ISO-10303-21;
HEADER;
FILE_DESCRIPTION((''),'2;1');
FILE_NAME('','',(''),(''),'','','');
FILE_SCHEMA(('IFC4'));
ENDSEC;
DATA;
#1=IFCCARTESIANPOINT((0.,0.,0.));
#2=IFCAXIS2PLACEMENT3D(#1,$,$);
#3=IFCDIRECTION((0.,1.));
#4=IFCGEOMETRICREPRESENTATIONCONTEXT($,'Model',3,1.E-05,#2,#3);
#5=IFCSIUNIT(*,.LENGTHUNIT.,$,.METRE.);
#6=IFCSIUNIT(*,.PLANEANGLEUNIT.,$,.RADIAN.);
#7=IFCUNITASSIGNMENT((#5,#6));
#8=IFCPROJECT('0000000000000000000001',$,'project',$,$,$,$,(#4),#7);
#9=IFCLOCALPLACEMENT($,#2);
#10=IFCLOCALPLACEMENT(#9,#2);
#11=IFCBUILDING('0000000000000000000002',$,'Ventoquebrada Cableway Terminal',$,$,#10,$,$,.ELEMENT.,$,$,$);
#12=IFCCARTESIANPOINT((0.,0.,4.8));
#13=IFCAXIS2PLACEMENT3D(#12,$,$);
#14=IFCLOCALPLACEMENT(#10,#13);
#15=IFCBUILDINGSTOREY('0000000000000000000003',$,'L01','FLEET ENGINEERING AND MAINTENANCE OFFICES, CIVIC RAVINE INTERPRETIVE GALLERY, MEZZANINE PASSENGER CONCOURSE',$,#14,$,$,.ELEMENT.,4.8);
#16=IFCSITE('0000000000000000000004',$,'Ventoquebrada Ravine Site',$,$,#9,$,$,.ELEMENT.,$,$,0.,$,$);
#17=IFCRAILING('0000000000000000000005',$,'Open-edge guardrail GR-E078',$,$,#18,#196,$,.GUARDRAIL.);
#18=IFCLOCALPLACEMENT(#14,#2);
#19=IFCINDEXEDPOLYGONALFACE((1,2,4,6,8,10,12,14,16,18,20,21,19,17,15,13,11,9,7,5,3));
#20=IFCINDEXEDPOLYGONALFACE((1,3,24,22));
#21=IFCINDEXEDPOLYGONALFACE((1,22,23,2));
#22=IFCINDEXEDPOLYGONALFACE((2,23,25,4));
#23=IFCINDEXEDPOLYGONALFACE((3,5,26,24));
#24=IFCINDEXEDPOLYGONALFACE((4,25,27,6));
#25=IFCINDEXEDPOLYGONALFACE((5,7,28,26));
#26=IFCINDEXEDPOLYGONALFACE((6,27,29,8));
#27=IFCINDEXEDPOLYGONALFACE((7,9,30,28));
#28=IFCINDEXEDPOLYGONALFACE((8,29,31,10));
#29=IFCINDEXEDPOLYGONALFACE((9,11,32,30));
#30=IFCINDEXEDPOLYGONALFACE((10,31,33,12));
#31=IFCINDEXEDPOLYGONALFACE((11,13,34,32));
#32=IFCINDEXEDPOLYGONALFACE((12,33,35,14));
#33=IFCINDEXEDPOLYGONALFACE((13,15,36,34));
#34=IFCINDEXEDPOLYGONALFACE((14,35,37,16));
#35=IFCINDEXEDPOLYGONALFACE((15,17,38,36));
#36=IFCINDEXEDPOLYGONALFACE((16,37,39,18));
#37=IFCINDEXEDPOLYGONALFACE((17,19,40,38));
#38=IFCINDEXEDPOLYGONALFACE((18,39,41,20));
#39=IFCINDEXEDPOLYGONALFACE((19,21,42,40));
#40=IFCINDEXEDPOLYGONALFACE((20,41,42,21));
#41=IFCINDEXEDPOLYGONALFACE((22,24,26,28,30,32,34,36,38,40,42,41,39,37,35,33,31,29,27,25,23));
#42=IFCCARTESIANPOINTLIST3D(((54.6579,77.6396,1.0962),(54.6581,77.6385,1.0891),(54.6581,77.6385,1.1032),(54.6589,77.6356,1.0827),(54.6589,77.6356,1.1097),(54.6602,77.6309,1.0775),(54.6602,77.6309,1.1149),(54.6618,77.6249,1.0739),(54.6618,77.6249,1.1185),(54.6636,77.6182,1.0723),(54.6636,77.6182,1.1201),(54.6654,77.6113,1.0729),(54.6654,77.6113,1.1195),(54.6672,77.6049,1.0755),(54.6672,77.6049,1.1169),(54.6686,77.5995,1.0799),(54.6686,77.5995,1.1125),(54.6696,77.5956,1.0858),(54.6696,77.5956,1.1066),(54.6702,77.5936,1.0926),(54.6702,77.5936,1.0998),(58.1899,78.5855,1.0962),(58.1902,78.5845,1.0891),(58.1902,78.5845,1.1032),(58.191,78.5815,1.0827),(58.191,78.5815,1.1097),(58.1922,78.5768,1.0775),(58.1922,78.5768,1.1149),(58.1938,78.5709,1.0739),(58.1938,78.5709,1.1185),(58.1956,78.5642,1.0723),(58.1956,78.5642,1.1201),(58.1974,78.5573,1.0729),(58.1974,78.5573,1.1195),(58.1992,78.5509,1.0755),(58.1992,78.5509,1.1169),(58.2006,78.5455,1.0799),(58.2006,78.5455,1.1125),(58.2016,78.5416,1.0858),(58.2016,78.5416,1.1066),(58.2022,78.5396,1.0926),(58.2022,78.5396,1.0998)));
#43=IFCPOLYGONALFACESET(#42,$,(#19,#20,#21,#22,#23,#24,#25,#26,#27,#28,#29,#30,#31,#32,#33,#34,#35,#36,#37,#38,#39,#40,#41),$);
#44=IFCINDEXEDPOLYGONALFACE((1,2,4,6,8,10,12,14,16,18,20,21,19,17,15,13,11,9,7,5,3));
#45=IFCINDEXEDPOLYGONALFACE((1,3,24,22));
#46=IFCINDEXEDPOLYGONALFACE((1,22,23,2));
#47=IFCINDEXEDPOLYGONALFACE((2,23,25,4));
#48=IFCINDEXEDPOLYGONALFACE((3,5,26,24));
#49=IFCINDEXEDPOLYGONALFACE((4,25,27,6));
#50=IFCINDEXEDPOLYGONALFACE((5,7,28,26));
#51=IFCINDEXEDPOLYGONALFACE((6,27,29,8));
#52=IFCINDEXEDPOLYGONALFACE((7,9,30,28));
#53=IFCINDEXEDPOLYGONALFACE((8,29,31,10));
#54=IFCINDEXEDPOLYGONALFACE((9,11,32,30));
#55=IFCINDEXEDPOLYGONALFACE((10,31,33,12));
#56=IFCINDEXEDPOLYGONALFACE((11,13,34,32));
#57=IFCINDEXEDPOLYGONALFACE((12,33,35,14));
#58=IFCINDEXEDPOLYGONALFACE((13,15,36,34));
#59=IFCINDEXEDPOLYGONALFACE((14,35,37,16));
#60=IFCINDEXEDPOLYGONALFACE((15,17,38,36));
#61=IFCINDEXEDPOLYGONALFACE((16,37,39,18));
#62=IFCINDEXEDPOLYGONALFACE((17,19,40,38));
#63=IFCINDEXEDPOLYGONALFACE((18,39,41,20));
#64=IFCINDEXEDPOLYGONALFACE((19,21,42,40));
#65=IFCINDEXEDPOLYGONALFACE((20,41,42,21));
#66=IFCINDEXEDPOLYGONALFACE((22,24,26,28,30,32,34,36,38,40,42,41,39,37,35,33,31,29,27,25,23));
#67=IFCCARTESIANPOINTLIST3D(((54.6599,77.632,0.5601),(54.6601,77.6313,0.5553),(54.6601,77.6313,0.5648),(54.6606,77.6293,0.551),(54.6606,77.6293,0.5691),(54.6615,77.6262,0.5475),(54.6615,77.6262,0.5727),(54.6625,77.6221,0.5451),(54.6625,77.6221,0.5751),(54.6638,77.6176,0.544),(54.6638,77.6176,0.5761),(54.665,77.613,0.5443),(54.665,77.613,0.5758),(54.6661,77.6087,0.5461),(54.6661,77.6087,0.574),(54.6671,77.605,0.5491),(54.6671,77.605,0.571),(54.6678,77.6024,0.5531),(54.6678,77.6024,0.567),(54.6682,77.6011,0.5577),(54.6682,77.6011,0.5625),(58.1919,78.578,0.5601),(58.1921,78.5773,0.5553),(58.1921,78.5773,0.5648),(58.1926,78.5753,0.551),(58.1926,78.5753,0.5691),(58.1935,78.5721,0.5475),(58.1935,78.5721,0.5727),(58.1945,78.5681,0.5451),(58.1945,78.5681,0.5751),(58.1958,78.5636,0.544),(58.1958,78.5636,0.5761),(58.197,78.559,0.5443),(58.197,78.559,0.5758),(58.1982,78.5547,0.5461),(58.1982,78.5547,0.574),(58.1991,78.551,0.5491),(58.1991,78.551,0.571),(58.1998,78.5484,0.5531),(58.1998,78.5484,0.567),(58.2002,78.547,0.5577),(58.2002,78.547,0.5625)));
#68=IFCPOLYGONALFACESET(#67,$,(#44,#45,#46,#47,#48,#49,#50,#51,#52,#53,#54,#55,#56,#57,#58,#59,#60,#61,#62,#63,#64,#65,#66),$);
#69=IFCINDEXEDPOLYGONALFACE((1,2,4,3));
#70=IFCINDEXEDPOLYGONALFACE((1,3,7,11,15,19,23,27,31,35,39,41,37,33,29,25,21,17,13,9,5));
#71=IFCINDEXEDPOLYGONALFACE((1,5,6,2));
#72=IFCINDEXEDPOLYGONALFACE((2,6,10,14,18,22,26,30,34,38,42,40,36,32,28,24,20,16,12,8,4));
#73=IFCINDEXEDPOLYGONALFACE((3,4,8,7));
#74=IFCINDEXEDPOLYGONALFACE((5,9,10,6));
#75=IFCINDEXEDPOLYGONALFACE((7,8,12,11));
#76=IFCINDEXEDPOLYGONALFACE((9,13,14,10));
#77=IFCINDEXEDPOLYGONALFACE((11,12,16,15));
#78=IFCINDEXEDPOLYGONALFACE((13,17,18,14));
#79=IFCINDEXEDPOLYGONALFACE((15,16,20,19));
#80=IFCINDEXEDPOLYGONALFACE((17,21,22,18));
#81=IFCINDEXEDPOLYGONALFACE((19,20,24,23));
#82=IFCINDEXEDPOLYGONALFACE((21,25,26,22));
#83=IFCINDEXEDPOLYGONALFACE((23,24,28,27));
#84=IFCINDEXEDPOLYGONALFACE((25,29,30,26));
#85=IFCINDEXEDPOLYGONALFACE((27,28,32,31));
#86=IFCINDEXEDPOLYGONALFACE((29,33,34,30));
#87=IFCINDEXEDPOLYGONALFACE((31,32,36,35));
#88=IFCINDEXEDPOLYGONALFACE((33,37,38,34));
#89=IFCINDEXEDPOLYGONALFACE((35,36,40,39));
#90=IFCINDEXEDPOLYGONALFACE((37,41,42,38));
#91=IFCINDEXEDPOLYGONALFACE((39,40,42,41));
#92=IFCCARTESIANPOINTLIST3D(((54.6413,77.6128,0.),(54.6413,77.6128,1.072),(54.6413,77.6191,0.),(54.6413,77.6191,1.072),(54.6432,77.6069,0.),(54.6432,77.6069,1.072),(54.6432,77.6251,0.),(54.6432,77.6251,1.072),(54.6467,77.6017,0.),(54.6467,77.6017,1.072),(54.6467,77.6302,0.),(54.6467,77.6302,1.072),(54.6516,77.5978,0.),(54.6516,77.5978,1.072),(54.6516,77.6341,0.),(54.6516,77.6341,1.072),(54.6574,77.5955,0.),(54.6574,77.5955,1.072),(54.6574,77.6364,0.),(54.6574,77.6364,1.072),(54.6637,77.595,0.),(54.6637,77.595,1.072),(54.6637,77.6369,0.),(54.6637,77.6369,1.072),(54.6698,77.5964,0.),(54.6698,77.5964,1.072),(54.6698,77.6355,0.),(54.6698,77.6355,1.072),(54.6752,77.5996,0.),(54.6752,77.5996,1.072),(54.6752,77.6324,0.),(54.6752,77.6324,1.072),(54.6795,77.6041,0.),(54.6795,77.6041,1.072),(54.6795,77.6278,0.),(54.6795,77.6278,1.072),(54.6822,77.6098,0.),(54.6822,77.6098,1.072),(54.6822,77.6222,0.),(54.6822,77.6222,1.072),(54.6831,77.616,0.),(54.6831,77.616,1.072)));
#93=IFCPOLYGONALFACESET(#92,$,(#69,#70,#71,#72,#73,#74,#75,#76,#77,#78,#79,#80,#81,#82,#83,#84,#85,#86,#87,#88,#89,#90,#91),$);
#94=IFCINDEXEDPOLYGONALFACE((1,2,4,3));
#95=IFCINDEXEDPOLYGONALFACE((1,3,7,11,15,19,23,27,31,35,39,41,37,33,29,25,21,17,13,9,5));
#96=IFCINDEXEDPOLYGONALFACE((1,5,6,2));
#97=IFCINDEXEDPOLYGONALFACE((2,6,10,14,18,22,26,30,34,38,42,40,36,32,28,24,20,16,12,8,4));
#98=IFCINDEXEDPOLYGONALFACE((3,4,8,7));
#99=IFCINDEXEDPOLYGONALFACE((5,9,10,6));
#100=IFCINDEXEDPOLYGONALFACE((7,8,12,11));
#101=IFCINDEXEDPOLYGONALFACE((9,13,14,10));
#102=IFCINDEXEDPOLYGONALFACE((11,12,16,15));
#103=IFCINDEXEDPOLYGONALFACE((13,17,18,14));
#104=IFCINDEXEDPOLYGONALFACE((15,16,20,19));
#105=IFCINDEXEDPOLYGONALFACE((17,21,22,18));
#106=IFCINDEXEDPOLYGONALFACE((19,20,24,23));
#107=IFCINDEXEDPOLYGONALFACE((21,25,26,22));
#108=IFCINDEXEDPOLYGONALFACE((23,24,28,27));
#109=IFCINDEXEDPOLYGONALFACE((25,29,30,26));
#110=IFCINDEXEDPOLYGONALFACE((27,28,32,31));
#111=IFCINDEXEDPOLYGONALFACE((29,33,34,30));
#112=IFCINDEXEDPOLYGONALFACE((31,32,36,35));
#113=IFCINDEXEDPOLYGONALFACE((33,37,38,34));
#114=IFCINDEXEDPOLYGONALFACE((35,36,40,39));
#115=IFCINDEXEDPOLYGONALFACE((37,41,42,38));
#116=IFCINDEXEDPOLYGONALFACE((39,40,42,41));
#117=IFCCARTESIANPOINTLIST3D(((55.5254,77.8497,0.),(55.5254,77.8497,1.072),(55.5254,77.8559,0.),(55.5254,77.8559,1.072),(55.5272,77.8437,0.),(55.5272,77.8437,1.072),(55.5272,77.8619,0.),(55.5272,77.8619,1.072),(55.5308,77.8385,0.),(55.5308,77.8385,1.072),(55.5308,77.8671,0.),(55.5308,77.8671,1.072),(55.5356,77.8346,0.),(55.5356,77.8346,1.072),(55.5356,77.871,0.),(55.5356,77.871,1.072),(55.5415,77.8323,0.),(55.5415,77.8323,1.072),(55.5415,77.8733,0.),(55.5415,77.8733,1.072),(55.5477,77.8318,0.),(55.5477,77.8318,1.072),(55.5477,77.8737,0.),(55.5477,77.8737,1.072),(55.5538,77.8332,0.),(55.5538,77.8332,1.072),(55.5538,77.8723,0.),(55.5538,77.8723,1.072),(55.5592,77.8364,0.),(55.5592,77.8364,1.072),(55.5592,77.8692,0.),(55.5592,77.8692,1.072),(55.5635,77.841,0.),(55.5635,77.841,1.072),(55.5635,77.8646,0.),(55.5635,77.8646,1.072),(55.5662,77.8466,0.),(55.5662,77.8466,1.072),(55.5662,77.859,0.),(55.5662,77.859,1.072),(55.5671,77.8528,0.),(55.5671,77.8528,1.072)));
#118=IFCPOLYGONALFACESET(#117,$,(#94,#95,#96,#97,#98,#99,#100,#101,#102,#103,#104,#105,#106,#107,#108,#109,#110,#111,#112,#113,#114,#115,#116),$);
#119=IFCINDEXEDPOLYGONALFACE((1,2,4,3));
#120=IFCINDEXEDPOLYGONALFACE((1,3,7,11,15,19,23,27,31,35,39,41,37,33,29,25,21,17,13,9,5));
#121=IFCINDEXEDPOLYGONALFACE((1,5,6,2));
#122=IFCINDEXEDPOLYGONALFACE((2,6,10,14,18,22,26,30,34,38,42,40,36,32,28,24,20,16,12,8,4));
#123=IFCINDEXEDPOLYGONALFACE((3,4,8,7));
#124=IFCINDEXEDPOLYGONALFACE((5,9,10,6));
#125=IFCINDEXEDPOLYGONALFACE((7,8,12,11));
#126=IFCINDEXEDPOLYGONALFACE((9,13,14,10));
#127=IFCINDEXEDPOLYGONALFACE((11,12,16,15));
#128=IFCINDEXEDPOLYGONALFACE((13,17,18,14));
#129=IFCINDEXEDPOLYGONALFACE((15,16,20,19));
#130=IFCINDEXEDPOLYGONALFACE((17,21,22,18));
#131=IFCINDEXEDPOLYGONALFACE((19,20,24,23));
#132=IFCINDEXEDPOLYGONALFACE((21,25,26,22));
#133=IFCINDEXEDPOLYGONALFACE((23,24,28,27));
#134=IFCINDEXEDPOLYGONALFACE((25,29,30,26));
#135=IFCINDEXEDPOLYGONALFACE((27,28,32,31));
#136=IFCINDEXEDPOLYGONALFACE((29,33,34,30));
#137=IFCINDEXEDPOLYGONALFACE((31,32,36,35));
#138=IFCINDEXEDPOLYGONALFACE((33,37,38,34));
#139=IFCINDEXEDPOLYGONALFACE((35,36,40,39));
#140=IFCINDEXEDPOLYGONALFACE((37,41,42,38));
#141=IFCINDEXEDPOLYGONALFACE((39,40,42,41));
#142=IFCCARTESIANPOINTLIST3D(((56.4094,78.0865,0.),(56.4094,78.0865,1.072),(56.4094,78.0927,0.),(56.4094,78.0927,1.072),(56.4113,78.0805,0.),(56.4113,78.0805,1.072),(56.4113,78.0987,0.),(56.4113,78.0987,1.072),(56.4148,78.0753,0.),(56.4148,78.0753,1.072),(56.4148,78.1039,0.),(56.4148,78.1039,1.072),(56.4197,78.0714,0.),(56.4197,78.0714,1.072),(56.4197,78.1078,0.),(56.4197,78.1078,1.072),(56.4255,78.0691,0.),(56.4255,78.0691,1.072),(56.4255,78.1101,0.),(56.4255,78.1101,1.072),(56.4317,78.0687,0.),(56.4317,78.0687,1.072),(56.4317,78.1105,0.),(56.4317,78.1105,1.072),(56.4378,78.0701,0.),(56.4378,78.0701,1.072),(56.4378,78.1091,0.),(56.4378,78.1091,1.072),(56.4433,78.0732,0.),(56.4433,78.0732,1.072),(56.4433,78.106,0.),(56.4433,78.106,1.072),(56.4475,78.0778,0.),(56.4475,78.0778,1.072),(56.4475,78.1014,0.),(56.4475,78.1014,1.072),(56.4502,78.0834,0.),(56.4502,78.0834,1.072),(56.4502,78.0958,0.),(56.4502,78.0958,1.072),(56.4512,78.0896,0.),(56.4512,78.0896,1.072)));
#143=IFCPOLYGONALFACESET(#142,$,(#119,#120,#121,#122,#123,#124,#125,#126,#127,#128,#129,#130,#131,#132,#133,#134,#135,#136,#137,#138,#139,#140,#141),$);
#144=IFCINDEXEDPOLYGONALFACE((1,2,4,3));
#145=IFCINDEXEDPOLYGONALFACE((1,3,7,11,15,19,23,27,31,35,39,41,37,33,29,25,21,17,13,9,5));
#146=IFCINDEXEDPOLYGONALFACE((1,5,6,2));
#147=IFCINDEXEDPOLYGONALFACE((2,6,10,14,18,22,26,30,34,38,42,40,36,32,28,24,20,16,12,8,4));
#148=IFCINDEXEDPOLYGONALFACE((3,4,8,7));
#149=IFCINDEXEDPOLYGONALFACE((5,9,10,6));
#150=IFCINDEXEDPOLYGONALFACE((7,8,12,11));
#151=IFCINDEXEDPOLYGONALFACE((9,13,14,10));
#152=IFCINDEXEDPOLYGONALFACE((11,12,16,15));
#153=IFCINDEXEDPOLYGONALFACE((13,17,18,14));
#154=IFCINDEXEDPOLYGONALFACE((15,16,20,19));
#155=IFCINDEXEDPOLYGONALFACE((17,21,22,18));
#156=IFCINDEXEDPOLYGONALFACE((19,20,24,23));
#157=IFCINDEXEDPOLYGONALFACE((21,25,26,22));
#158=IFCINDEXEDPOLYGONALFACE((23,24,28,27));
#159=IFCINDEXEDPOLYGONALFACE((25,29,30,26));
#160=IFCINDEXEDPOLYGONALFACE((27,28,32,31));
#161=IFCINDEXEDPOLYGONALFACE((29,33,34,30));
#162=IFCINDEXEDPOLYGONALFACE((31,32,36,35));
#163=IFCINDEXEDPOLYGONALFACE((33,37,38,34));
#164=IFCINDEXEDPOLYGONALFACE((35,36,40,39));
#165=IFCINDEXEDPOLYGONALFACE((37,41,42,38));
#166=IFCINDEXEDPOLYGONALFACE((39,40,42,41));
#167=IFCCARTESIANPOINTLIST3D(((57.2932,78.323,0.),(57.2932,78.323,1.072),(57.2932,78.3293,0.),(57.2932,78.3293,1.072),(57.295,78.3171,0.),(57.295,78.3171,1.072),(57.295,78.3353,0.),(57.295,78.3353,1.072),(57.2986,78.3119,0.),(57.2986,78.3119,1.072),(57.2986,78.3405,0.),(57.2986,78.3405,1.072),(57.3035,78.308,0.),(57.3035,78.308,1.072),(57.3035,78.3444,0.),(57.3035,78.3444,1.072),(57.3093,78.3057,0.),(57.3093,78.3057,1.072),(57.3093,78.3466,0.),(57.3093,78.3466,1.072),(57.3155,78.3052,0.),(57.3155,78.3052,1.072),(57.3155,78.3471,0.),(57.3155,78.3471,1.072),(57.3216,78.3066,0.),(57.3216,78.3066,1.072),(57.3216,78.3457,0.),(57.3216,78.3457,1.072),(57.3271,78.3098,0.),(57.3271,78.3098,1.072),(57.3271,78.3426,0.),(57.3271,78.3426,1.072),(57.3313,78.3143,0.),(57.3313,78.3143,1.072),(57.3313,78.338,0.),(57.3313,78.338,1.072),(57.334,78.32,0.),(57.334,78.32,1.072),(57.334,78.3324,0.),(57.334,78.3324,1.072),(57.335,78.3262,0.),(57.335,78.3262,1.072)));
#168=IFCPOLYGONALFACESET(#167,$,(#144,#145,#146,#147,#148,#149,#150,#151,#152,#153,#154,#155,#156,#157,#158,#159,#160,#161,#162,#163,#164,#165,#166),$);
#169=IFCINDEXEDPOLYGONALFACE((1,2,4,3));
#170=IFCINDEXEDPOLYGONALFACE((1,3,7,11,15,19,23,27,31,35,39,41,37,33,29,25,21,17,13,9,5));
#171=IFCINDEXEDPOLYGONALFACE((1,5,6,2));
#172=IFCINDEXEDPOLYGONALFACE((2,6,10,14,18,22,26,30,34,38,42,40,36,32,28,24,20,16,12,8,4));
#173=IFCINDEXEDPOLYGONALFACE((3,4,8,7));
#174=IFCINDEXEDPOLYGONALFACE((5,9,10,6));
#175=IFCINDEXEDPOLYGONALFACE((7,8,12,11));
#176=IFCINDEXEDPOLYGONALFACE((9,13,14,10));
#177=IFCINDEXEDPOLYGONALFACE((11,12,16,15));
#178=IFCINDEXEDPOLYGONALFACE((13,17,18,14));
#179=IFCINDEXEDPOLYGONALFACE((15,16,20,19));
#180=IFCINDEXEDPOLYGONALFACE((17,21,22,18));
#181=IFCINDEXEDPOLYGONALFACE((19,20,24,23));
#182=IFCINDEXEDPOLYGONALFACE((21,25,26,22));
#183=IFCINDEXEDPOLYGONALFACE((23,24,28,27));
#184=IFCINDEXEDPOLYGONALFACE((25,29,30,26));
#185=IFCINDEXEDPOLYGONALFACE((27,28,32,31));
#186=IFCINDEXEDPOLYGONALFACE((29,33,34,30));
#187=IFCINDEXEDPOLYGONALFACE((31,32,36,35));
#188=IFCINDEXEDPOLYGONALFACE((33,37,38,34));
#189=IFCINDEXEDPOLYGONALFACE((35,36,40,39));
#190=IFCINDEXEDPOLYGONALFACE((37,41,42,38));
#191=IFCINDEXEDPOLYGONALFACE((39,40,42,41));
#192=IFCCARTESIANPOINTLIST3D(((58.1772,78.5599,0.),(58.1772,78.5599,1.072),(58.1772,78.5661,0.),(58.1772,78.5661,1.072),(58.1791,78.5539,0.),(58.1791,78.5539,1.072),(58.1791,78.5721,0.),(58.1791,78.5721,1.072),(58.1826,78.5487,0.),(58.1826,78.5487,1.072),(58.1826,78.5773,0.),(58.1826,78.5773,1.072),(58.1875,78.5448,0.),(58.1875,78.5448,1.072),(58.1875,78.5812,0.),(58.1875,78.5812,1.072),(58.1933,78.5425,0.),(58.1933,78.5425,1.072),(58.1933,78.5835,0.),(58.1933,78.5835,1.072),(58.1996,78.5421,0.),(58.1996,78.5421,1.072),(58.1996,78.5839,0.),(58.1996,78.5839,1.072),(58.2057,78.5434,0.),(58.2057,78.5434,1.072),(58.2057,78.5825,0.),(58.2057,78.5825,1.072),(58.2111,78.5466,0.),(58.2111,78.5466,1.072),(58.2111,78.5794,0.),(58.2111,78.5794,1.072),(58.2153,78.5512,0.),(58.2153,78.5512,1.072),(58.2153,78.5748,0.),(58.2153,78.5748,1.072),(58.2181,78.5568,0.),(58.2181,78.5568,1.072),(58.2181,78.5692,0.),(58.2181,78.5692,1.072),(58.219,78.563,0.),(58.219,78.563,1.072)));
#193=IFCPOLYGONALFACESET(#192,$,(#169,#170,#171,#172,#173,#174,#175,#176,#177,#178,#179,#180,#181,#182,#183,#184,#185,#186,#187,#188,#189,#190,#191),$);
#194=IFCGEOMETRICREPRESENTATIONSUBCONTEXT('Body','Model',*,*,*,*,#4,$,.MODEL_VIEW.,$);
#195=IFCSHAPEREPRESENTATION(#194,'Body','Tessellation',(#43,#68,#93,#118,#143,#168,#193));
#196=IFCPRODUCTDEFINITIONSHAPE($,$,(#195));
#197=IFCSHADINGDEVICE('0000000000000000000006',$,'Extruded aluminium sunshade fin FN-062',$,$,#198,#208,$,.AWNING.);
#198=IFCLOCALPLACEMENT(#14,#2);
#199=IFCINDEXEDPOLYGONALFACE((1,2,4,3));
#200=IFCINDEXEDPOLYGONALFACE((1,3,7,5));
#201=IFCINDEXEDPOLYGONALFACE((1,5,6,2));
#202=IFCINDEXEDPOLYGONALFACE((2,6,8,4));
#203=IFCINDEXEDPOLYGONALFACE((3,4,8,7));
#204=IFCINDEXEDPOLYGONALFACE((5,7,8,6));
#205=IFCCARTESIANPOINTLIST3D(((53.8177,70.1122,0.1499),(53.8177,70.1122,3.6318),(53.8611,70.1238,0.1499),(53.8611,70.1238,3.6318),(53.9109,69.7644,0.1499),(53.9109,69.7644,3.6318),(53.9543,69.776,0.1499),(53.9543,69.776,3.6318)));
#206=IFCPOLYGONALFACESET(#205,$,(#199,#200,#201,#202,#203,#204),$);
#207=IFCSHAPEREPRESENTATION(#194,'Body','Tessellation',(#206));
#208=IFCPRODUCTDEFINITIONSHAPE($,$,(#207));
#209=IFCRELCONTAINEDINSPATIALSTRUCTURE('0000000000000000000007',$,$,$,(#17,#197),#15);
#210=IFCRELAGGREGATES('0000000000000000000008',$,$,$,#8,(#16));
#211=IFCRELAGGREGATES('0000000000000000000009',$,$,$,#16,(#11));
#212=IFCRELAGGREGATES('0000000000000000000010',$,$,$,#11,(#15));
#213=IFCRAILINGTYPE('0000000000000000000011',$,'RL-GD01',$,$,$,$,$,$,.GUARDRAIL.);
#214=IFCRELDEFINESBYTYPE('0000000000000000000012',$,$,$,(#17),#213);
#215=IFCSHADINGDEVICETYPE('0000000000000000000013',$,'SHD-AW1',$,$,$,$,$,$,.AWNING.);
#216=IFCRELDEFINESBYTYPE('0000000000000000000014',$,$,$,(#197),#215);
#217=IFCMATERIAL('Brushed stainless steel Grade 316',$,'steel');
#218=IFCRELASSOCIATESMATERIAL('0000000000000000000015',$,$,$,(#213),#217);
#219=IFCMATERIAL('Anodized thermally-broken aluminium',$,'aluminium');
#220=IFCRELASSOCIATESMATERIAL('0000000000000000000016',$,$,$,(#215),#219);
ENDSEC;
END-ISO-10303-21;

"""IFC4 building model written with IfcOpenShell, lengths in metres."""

from ifc_helpers import new_model, si_unit, direction, frame, origin, origin_2d, place, context, subcontext, project, spatial, rectangle, circle, extrude, material, type_object, element, save


model = new_model("IFC4")

# Units and contexts
model_context = context("Model", 3, precision=1e-05, world=origin(), true_north=direction((0.0, 1.0)))
body_context = subcontext(model_context, "Body", "Model", "MODEL_VIEW")
ifc_project = project(units=[si_unit("LENGTHUNIT", "METRE"), si_unit("PLANEANGLEUNIT", "RADIAN")], contexts=[model_context])

# Site, building, storey
site_placement = place(None, origin())
site = spatial("IfcSite", under=ifc_project, at=site_placement, Name="Ventoquebrada Ravine Site", CompositionType="ELEMENT", RefElevation=0.0)
building_placement = place(site_placement, origin())
building = spatial("IfcBuilding", under=site, at=building_placement, Name="Ventoquebrada Cableway Terminal", CompositionType="ELEMENT")
storey_placement = place(building_placement, frame((0.0, 0.0, 4.8)))
storey = spatial("IfcBuildingStorey", under=building, at=storey_placement, Name="L01", Description="FLEET ENGINEERING AND MAINTENANCE OFFICES, CIVIC RAVINE INTERPRETIVE GALLERY, MEZZANINE PASSENGER CONCOURSE", CompositionType="ELEMENT", Elevation=4.8)

# Shared definitions
ifc_material_1 = material(Name="Anodized thermally-broken aluminium", Category="aluminium")

# Railing
ifc_material_2 = material(Name="Brushed stainless steel Grade 316", Category="steel")
railing_type = type_object("IfcRailingType", Name="RL-GD01", PredefinedType="GUARDRAIL", material=ifc_material_2)
railing_placement = place(storey_placement, frame((54.6621, 77.616, 0.0)))
element("IfcRailing", 1, at=railing_placement, inside=storey, type_object=railing_type, Name="Open-edge guardrail GR-E078", PredefinedType="GUARDRAIL", context=body_context, shape_type="SweptSolid", body=[
    extrude(circle(Radius=0.0239, at=origin_2d()), frame((0.002, 0.0005, 1.0962), z_axis=(0.965954, 0.258713, 0.0), x_axis=(-0.258713, 0.965954, 0.0)), (0.0, 0.0, 1.0), 3.6565),
    extrude(circle(Radius=0.0161, at=origin_2d()), frame((0.002, 0.0005, 0.5601), z_axis=(0.965954, 0.258713, 0.0), x_axis=(-0.258713, 0.965954, 0.0)), (0.0, 0.0, 1.0), 3.6565),
    extrude(circle(Radius=0.021, at=origin_2d()), origin(), (0.0, 0.0, 1.0), 1.072),
    extrude(circle(Radius=0.021, at=origin_2d()), frame((0.884, 0.2368, 0.0)), (0.0, 0.0, 1.0), 1.072),
    extrude(circle(Radius=0.021, at=origin_2d()), frame((1.7681, 0.4736, 0.0)), (0.0, 0.0, 1.0), 1.072),
    extrude(circle(Radius=0.021, at=origin_2d()), frame((2.6519, 0.7102, 0.0)), (0.0, 0.0, 1.0), 1.072),
    extrude(circle(Radius=0.021, at=origin_2d()), frame((3.5359, 0.947, 0.0)), (0.0, 0.0, 1.0), 1.072),
])

# Shading device
shading_device_type = type_object("IfcShadingDeviceType", Name="SHD-AW1", PredefinedType="AWNING", material=ifc_material_1)
shading_device_placement = place(storey_placement, frame((53.886, 69.9441, 0.1499), z_axis=(0.0, 0.0, 1.0), x_axis=(0.965935, 0.258785, 0.0)))
element("IfcShadingDevice", 2, at=shading_device_placement, inside=storey, type_object=shading_device_type, Name="Extruded aluminium sunshade fin FN-062", PredefinedType="AWNING", context=body_context, shape_type="SweptSolid", body=[
    extrude(rectangle(XDim=0.0449, YDim=0.3601, at=origin_2d()), origin(), (0.0, 0.0, 1.0), 3.4819),
])

save(model, "model.ifc")
